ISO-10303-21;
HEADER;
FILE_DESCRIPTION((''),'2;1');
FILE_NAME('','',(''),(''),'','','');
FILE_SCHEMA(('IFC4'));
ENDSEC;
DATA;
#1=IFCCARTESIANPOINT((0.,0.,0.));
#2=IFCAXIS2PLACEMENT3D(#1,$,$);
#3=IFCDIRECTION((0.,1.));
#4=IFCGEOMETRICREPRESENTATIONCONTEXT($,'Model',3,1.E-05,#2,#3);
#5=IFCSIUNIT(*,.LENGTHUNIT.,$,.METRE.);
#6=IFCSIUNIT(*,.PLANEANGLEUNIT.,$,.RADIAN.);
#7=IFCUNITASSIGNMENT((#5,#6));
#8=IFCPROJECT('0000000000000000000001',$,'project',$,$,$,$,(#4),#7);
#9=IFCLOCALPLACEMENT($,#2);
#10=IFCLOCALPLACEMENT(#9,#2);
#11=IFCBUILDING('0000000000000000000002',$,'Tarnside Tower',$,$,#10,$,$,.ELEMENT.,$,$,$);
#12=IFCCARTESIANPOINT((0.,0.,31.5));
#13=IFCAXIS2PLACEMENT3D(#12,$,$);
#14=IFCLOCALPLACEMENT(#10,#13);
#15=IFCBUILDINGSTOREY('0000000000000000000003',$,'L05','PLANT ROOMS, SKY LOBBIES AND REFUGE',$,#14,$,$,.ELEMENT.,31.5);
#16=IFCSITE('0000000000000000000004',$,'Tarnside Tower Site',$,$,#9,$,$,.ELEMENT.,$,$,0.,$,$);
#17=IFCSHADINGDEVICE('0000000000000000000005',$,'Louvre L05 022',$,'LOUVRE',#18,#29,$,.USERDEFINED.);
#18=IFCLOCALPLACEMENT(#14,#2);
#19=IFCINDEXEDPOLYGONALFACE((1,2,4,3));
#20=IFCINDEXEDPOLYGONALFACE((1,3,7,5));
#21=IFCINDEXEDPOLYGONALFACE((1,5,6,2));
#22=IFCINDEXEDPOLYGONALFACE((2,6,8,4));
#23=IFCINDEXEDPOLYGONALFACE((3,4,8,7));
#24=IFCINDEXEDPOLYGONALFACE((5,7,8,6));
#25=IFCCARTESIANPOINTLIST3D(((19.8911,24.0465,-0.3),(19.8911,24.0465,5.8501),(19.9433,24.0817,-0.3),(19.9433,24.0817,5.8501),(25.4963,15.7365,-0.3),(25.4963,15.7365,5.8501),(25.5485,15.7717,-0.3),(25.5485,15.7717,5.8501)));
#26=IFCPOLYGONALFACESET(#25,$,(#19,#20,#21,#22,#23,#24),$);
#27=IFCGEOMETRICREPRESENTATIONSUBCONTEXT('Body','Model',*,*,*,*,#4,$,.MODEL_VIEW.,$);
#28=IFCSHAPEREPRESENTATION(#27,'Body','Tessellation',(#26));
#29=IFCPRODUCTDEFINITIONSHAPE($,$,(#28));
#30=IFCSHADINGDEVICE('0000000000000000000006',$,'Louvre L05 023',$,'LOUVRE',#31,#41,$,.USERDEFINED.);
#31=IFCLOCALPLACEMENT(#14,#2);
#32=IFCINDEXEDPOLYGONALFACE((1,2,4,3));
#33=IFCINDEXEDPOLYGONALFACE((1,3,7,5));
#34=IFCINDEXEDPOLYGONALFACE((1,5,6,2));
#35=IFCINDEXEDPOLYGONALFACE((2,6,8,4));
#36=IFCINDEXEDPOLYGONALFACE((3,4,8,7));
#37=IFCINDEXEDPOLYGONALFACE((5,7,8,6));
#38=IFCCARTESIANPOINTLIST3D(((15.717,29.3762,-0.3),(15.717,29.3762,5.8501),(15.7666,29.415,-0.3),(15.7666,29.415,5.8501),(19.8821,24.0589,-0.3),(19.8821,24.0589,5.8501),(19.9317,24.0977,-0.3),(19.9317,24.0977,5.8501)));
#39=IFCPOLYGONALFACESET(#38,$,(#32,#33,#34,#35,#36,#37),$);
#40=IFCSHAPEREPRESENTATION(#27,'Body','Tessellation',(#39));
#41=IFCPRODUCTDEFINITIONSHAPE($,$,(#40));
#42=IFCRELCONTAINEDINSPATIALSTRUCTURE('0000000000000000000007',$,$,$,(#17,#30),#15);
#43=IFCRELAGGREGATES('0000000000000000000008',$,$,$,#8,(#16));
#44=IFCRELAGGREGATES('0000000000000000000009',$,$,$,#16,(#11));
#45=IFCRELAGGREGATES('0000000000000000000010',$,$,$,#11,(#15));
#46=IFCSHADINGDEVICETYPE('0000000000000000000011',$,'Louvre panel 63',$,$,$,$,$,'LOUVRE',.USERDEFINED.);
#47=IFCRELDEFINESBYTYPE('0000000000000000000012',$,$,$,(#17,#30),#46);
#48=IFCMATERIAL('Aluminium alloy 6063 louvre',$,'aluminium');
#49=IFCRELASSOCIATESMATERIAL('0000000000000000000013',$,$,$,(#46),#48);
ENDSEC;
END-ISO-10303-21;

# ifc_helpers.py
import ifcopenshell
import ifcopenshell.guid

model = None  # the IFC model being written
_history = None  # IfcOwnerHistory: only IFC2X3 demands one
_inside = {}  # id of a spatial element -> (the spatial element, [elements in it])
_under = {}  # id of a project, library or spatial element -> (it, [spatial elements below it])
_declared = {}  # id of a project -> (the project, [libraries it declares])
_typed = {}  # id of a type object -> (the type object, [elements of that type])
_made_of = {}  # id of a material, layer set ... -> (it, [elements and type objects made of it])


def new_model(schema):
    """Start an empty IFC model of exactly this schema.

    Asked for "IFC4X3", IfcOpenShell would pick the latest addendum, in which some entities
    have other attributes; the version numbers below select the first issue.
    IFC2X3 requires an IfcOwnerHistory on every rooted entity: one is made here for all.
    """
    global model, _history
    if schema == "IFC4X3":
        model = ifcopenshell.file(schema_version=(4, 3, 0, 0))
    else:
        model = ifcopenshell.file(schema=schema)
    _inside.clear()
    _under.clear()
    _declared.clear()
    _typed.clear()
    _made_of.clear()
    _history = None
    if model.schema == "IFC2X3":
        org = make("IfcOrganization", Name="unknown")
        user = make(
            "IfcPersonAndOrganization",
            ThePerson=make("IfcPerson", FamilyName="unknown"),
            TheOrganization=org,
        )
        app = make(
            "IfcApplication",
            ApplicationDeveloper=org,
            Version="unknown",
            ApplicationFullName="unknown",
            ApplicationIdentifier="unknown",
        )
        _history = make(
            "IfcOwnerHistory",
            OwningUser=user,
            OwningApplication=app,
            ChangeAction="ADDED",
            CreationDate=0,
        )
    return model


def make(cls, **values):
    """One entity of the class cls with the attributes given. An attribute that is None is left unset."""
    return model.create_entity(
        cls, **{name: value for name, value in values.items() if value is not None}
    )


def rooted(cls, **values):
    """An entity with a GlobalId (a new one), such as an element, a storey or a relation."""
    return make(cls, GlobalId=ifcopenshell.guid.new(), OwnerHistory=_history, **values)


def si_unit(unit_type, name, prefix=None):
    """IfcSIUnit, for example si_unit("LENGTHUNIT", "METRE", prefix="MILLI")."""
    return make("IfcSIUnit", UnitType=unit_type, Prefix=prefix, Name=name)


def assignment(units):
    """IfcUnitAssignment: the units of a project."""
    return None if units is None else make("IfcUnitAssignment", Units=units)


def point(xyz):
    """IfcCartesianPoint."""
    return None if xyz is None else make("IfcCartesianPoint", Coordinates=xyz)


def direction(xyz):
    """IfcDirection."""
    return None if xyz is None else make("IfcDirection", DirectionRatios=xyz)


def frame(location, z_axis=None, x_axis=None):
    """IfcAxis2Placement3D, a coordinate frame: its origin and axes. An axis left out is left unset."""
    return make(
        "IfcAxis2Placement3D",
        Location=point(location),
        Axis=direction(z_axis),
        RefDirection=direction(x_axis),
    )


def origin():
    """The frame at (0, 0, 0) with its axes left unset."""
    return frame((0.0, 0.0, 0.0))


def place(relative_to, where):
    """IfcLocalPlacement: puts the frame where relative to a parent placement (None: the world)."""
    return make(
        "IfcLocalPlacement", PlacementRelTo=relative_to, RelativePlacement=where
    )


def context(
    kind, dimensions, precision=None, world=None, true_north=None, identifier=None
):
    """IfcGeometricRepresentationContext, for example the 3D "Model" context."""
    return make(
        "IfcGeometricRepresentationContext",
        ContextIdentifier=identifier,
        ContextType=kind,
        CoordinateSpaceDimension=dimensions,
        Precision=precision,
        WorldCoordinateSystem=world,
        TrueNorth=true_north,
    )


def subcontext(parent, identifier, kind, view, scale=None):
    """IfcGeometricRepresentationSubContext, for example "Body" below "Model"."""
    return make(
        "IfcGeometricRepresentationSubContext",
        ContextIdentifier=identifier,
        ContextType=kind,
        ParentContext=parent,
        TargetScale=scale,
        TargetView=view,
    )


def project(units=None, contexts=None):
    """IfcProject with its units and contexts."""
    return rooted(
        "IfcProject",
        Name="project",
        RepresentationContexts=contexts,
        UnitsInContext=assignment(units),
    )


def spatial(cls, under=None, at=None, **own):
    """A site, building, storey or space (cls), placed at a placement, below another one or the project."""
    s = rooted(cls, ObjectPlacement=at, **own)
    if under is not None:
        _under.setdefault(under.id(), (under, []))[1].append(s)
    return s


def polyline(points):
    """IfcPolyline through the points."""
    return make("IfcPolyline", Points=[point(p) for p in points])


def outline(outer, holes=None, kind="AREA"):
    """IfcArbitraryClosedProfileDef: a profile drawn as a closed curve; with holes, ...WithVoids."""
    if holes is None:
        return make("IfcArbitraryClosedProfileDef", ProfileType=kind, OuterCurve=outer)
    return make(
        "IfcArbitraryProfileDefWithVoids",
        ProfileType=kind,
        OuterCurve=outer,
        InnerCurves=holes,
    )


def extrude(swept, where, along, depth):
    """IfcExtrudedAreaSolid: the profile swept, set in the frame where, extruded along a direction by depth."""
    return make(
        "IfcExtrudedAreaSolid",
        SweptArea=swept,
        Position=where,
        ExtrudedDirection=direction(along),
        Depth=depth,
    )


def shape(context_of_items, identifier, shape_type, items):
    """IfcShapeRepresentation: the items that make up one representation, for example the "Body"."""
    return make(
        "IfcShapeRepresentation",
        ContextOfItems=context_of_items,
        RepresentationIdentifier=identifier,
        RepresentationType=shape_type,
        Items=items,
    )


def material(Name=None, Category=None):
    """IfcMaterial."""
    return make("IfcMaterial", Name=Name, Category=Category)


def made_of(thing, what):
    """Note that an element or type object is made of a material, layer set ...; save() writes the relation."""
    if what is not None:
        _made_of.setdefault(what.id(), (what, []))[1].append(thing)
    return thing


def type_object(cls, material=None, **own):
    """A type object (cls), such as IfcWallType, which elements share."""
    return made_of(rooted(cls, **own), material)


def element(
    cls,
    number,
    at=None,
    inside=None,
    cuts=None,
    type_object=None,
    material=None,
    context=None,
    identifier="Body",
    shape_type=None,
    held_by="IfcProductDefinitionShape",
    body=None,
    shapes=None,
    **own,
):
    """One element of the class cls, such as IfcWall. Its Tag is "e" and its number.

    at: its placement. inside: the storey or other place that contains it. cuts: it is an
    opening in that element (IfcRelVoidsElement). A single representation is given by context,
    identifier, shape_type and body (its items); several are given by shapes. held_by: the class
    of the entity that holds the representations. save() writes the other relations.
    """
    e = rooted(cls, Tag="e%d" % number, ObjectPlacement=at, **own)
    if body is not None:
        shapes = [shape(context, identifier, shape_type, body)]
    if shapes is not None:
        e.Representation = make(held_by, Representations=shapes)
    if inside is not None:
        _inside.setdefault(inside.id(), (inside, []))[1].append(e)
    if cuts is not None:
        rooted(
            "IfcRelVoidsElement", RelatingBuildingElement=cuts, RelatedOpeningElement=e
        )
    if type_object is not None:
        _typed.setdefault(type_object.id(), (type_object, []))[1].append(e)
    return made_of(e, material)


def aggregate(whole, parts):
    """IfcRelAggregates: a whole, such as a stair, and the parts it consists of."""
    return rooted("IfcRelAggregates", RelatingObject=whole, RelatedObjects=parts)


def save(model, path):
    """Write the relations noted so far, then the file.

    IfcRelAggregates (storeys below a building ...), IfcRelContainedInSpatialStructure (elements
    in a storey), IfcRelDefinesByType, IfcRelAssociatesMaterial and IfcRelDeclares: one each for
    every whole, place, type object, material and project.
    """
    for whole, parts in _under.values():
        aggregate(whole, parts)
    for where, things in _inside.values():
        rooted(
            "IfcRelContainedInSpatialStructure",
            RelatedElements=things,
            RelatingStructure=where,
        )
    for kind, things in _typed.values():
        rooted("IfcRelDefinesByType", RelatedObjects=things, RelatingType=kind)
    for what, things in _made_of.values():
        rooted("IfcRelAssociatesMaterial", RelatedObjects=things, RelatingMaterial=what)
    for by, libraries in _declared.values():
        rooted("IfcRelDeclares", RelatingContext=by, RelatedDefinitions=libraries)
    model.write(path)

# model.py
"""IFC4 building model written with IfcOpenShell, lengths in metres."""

from ifc_helpers import new_model, si_unit, direction, frame, origin, place, context, subcontext, project, spatial, polyline, outline, extrude, material, type_object, element, save


model = new_model("IFC4")

# Units and contexts
model_context = context("Model", 3, precision=1e-05, world=origin(), true_north=direction((0.0, 1.0)))
body_context = subcontext(model_context, "Body", "Model", "MODEL_VIEW")
ifc_project = project(units=[si_unit("LENGTHUNIT", "METRE"), si_unit("PLANEANGLEUNIT", "RADIAN")], contexts=[model_context])

# Site, building, storey
site_placement = place(None, origin())
site = spatial("IfcSite", under=ifc_project, at=site_placement, Name="Tarnside Tower Site", CompositionType="ELEMENT", RefElevation=0.0)
building_placement = place(site_placement, origin())
building = spatial("IfcBuilding", under=site, at=building_placement, Name="Tarnside Tower", CompositionType="ELEMENT")
storey_placement = place(building_placement, frame((0.0, 0.0, 31.5)))
storey = spatial("IfcBuildingStorey", under=building, at=storey_placement, Name="L05", Description="PLANT ROOMS, SKY LOBBIES AND REFUGE", CompositionType="ELEMENT", Elevation=31.5)

# Shading devices
ifc_material_1 = material(Name="Aluminium alloy 6063 louvre", Category="aluminium")
shading_device_type = type_object("IfcShadingDeviceType", Name="Louvre panel 63", ElementType="LOUVRE", PredefinedType="USERDEFINED", material=ifc_material_1)
shading_device_1_placement = place(storey_placement, frame((22.6936, 19.8916, -0.3), z_axis=(0.559195, -0.829036, 0.0), x_axis=(0.829036, 0.559195, 0.0)))
element("IfcShadingDevice", 1, at=shading_device_1_placement, inside=storey, type_object=shading_device_type, Name="Louvre L05 022", ObjectType="LOUVRE", PredefinedType="USERDEFINED", context=body_context, shape_type="SweptSolid", body=[
    extrude(outline(polyline([(0.0, 0.0), (0.063, 0.0), (0.063, 6.1501), (0.0, 6.1501), (0.0, 0.0)])), frame((0.0, 0.0, -5.0117)), (0.0, 0.0, 1.0), 10.0237),
])
shading_device_2_placement = place(storey_placement, frame((17.7996, 26.7175, -0.3), z_axis=(0.616644, -0.787242, 0.0), x_axis=(0.787242, 0.616644, 0.0)))
element("IfcShadingDevice", 2, at=shading_device_2_placement, inside=storey, type_object=shading_device_type, Name="Louvre L05 023", ObjectType="LOUVRE", PredefinedType="USERDEFINED", context=body_context, shape_type="SweptSolid", body=[
    extrude(outline(polyline([(0.0, 0.0), (0.063, 0.0), (0.063, 6.1501), (0.0, 6.1501), (0.0, 0.0)])), frame((0.0, 0.0, -3.3772)), (0.0, 0.0, 1.0), 6.7544),
])

save(model, "model.ifc")
